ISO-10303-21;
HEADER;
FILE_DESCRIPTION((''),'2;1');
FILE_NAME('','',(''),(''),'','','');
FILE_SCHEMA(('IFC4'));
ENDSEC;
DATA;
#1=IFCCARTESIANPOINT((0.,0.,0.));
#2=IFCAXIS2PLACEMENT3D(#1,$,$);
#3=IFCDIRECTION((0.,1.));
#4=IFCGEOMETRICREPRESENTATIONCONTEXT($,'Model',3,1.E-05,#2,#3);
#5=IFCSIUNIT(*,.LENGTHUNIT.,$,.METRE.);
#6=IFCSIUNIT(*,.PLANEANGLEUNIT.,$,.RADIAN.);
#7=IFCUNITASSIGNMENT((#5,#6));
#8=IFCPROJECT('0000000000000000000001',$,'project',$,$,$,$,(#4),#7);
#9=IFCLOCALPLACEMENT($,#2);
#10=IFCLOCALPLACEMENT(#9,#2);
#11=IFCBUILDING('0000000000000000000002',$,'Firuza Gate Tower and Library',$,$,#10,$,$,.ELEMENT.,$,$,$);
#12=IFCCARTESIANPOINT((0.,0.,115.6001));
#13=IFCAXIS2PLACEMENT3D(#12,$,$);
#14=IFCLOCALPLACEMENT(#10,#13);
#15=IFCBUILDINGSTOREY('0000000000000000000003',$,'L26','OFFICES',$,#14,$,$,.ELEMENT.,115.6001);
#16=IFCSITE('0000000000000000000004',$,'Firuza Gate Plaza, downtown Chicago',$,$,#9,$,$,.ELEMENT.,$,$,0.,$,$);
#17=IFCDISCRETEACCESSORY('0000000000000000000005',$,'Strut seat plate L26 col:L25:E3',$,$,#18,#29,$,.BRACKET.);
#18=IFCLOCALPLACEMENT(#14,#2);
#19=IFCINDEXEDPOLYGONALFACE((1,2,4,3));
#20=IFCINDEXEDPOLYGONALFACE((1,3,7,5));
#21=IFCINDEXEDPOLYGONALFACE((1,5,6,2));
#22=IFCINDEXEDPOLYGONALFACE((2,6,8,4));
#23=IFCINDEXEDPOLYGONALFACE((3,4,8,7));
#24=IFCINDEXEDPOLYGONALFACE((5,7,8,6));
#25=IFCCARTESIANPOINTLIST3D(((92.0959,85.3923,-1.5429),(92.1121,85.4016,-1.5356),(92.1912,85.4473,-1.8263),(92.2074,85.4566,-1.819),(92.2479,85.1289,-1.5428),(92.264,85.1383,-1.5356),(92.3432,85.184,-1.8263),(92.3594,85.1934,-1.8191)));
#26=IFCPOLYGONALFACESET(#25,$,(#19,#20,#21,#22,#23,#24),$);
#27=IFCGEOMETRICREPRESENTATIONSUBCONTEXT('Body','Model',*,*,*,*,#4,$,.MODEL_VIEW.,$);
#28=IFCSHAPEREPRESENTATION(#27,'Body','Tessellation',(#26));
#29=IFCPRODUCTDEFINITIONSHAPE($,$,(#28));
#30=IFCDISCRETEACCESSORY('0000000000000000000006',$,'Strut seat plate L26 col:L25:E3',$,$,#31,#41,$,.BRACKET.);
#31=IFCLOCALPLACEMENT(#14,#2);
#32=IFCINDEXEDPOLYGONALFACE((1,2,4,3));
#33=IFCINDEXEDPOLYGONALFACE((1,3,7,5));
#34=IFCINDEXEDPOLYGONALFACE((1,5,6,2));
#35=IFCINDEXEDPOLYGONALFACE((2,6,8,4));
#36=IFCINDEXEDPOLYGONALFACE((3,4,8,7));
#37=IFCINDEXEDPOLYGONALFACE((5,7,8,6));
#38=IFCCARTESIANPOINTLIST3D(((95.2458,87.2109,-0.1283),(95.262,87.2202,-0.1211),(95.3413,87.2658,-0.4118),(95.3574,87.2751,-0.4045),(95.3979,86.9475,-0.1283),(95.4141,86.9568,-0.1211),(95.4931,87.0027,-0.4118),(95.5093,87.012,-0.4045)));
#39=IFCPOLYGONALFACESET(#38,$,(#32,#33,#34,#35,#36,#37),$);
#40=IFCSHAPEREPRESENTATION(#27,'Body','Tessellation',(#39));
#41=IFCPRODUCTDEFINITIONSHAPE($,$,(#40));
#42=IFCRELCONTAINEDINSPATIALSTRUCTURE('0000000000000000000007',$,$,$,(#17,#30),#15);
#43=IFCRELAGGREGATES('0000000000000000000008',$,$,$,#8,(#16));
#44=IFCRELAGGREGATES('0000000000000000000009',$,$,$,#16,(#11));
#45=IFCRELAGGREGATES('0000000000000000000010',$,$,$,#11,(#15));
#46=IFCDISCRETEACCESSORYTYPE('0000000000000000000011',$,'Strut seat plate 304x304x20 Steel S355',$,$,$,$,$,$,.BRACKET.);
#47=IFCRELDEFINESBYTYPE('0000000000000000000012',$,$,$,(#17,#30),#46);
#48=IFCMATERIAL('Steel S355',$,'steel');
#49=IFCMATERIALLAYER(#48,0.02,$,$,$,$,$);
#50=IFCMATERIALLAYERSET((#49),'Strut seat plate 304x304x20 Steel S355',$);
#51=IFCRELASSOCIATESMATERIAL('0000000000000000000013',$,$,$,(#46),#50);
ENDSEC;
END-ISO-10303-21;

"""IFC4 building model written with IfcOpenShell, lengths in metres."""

from ifc_helpers import new_model, si_unit, direction, frame, origin, place, context, subcontext, project, spatial, polyline, outline, extrude, material, layer, layer_set, type_object, element, save


model = new_model("IFC4")

# Units and contexts
model_context = context("Model", 3, precision=1e-05, world=origin(), true_north=direction((0.0, 1.0)))
body_context = subcontext(model_context, "Body", "Model", "MODEL_VIEW")
ifc_project = project(units=[si_unit("LENGTHUNIT", "METRE"), si_unit("PLANEANGLEUNIT", "RADIAN")], contexts=[model_context])

# Site, building, storey
site_placement = place(None, origin())
site = spatial("IfcSite", under=ifc_project, at=site_placement, Name="Firuza Gate Plaza, downtown Chicago", CompositionType="ELEMENT", RefElevation=0.0)
building_placement = place(site_placement, origin())
building = spatial("IfcBuilding", under=site, at=building_placement, Name="Firuza Gate Tower and Library", CompositionType="ELEMENT")
storey_placement = place(building_placement, frame((0.0, 0.0, 115.6001)))
storey = spatial("IfcBuildingStorey", under=building, at=storey_placement, Name="L26", Description="OFFICES", CompositionType="ELEMENT", Elevation=115.6001)

# Discrete accessories
ifc_material_1 = material(Name="Steel S355", Category="steel")
ifc_layer_1 = layer(ifc_material_1, 0.02)
ifc_layer_set_1 = layer_set([ifc_layer_1], Name="Strut seat plate 304x304x20 Steel S355")
discrete_accessory_type = type_object("IfcDiscreteAccessoryType", Name="Strut seat plate 304x304x20 Steel S355", PredefinedType="BRACKET", material=ifc_layer_set_1)
discrete_accessory_1_placement = place(storey_placement, frame((92.1121, 85.4016, -1.5356), z_axis=(0.807329, 0.465982, 0.362051), x_axis=(0.499834, -0.866121, 0.000185)))
element("IfcDiscreteAccessory", 1, at=discrete_accessory_1_placement, inside=storey, type_object=discrete_accessory_type, Name="Strut seat plate L26 col:L25:E3", PredefinedType="BRACKET", context=body_context, shape_type="SweptSolid", body=[
    extrude(outline(polyline([(0.0, 0.0), (0.3041, 0.0), (0.3039, 0.3041), (0.0, 0.304), (0.0, 0.0)])), origin(), (0.0, 0.0, -1.0), 0.02),
])
discrete_accessory_2_placement = place(storey_placement, frame((95.4141, 86.9568, -0.1211), z_axis=(0.807329, 0.465982, 0.362051), x_axis=(-0.499913, 0.866076, 0.00005)))
element("IfcDiscreteAccessory", 2, at=discrete_accessory_2_placement, inside=storey, type_object=discrete_accessory_type, Name="Strut seat plate L26 col:L25:E3", PredefinedType="BRACKET", context=body_context, shape_type="SweptSolid", body=[
    extrude(outline(polyline([(0.0, 0.0), (0.3042, 0.0), (0.304, -0.3041), (0.0002, -0.3041), (0.0, 0.0)])), origin(), (0.0, 0.0, -1.0), 0.02),
])

save(model, "model.ifc")
